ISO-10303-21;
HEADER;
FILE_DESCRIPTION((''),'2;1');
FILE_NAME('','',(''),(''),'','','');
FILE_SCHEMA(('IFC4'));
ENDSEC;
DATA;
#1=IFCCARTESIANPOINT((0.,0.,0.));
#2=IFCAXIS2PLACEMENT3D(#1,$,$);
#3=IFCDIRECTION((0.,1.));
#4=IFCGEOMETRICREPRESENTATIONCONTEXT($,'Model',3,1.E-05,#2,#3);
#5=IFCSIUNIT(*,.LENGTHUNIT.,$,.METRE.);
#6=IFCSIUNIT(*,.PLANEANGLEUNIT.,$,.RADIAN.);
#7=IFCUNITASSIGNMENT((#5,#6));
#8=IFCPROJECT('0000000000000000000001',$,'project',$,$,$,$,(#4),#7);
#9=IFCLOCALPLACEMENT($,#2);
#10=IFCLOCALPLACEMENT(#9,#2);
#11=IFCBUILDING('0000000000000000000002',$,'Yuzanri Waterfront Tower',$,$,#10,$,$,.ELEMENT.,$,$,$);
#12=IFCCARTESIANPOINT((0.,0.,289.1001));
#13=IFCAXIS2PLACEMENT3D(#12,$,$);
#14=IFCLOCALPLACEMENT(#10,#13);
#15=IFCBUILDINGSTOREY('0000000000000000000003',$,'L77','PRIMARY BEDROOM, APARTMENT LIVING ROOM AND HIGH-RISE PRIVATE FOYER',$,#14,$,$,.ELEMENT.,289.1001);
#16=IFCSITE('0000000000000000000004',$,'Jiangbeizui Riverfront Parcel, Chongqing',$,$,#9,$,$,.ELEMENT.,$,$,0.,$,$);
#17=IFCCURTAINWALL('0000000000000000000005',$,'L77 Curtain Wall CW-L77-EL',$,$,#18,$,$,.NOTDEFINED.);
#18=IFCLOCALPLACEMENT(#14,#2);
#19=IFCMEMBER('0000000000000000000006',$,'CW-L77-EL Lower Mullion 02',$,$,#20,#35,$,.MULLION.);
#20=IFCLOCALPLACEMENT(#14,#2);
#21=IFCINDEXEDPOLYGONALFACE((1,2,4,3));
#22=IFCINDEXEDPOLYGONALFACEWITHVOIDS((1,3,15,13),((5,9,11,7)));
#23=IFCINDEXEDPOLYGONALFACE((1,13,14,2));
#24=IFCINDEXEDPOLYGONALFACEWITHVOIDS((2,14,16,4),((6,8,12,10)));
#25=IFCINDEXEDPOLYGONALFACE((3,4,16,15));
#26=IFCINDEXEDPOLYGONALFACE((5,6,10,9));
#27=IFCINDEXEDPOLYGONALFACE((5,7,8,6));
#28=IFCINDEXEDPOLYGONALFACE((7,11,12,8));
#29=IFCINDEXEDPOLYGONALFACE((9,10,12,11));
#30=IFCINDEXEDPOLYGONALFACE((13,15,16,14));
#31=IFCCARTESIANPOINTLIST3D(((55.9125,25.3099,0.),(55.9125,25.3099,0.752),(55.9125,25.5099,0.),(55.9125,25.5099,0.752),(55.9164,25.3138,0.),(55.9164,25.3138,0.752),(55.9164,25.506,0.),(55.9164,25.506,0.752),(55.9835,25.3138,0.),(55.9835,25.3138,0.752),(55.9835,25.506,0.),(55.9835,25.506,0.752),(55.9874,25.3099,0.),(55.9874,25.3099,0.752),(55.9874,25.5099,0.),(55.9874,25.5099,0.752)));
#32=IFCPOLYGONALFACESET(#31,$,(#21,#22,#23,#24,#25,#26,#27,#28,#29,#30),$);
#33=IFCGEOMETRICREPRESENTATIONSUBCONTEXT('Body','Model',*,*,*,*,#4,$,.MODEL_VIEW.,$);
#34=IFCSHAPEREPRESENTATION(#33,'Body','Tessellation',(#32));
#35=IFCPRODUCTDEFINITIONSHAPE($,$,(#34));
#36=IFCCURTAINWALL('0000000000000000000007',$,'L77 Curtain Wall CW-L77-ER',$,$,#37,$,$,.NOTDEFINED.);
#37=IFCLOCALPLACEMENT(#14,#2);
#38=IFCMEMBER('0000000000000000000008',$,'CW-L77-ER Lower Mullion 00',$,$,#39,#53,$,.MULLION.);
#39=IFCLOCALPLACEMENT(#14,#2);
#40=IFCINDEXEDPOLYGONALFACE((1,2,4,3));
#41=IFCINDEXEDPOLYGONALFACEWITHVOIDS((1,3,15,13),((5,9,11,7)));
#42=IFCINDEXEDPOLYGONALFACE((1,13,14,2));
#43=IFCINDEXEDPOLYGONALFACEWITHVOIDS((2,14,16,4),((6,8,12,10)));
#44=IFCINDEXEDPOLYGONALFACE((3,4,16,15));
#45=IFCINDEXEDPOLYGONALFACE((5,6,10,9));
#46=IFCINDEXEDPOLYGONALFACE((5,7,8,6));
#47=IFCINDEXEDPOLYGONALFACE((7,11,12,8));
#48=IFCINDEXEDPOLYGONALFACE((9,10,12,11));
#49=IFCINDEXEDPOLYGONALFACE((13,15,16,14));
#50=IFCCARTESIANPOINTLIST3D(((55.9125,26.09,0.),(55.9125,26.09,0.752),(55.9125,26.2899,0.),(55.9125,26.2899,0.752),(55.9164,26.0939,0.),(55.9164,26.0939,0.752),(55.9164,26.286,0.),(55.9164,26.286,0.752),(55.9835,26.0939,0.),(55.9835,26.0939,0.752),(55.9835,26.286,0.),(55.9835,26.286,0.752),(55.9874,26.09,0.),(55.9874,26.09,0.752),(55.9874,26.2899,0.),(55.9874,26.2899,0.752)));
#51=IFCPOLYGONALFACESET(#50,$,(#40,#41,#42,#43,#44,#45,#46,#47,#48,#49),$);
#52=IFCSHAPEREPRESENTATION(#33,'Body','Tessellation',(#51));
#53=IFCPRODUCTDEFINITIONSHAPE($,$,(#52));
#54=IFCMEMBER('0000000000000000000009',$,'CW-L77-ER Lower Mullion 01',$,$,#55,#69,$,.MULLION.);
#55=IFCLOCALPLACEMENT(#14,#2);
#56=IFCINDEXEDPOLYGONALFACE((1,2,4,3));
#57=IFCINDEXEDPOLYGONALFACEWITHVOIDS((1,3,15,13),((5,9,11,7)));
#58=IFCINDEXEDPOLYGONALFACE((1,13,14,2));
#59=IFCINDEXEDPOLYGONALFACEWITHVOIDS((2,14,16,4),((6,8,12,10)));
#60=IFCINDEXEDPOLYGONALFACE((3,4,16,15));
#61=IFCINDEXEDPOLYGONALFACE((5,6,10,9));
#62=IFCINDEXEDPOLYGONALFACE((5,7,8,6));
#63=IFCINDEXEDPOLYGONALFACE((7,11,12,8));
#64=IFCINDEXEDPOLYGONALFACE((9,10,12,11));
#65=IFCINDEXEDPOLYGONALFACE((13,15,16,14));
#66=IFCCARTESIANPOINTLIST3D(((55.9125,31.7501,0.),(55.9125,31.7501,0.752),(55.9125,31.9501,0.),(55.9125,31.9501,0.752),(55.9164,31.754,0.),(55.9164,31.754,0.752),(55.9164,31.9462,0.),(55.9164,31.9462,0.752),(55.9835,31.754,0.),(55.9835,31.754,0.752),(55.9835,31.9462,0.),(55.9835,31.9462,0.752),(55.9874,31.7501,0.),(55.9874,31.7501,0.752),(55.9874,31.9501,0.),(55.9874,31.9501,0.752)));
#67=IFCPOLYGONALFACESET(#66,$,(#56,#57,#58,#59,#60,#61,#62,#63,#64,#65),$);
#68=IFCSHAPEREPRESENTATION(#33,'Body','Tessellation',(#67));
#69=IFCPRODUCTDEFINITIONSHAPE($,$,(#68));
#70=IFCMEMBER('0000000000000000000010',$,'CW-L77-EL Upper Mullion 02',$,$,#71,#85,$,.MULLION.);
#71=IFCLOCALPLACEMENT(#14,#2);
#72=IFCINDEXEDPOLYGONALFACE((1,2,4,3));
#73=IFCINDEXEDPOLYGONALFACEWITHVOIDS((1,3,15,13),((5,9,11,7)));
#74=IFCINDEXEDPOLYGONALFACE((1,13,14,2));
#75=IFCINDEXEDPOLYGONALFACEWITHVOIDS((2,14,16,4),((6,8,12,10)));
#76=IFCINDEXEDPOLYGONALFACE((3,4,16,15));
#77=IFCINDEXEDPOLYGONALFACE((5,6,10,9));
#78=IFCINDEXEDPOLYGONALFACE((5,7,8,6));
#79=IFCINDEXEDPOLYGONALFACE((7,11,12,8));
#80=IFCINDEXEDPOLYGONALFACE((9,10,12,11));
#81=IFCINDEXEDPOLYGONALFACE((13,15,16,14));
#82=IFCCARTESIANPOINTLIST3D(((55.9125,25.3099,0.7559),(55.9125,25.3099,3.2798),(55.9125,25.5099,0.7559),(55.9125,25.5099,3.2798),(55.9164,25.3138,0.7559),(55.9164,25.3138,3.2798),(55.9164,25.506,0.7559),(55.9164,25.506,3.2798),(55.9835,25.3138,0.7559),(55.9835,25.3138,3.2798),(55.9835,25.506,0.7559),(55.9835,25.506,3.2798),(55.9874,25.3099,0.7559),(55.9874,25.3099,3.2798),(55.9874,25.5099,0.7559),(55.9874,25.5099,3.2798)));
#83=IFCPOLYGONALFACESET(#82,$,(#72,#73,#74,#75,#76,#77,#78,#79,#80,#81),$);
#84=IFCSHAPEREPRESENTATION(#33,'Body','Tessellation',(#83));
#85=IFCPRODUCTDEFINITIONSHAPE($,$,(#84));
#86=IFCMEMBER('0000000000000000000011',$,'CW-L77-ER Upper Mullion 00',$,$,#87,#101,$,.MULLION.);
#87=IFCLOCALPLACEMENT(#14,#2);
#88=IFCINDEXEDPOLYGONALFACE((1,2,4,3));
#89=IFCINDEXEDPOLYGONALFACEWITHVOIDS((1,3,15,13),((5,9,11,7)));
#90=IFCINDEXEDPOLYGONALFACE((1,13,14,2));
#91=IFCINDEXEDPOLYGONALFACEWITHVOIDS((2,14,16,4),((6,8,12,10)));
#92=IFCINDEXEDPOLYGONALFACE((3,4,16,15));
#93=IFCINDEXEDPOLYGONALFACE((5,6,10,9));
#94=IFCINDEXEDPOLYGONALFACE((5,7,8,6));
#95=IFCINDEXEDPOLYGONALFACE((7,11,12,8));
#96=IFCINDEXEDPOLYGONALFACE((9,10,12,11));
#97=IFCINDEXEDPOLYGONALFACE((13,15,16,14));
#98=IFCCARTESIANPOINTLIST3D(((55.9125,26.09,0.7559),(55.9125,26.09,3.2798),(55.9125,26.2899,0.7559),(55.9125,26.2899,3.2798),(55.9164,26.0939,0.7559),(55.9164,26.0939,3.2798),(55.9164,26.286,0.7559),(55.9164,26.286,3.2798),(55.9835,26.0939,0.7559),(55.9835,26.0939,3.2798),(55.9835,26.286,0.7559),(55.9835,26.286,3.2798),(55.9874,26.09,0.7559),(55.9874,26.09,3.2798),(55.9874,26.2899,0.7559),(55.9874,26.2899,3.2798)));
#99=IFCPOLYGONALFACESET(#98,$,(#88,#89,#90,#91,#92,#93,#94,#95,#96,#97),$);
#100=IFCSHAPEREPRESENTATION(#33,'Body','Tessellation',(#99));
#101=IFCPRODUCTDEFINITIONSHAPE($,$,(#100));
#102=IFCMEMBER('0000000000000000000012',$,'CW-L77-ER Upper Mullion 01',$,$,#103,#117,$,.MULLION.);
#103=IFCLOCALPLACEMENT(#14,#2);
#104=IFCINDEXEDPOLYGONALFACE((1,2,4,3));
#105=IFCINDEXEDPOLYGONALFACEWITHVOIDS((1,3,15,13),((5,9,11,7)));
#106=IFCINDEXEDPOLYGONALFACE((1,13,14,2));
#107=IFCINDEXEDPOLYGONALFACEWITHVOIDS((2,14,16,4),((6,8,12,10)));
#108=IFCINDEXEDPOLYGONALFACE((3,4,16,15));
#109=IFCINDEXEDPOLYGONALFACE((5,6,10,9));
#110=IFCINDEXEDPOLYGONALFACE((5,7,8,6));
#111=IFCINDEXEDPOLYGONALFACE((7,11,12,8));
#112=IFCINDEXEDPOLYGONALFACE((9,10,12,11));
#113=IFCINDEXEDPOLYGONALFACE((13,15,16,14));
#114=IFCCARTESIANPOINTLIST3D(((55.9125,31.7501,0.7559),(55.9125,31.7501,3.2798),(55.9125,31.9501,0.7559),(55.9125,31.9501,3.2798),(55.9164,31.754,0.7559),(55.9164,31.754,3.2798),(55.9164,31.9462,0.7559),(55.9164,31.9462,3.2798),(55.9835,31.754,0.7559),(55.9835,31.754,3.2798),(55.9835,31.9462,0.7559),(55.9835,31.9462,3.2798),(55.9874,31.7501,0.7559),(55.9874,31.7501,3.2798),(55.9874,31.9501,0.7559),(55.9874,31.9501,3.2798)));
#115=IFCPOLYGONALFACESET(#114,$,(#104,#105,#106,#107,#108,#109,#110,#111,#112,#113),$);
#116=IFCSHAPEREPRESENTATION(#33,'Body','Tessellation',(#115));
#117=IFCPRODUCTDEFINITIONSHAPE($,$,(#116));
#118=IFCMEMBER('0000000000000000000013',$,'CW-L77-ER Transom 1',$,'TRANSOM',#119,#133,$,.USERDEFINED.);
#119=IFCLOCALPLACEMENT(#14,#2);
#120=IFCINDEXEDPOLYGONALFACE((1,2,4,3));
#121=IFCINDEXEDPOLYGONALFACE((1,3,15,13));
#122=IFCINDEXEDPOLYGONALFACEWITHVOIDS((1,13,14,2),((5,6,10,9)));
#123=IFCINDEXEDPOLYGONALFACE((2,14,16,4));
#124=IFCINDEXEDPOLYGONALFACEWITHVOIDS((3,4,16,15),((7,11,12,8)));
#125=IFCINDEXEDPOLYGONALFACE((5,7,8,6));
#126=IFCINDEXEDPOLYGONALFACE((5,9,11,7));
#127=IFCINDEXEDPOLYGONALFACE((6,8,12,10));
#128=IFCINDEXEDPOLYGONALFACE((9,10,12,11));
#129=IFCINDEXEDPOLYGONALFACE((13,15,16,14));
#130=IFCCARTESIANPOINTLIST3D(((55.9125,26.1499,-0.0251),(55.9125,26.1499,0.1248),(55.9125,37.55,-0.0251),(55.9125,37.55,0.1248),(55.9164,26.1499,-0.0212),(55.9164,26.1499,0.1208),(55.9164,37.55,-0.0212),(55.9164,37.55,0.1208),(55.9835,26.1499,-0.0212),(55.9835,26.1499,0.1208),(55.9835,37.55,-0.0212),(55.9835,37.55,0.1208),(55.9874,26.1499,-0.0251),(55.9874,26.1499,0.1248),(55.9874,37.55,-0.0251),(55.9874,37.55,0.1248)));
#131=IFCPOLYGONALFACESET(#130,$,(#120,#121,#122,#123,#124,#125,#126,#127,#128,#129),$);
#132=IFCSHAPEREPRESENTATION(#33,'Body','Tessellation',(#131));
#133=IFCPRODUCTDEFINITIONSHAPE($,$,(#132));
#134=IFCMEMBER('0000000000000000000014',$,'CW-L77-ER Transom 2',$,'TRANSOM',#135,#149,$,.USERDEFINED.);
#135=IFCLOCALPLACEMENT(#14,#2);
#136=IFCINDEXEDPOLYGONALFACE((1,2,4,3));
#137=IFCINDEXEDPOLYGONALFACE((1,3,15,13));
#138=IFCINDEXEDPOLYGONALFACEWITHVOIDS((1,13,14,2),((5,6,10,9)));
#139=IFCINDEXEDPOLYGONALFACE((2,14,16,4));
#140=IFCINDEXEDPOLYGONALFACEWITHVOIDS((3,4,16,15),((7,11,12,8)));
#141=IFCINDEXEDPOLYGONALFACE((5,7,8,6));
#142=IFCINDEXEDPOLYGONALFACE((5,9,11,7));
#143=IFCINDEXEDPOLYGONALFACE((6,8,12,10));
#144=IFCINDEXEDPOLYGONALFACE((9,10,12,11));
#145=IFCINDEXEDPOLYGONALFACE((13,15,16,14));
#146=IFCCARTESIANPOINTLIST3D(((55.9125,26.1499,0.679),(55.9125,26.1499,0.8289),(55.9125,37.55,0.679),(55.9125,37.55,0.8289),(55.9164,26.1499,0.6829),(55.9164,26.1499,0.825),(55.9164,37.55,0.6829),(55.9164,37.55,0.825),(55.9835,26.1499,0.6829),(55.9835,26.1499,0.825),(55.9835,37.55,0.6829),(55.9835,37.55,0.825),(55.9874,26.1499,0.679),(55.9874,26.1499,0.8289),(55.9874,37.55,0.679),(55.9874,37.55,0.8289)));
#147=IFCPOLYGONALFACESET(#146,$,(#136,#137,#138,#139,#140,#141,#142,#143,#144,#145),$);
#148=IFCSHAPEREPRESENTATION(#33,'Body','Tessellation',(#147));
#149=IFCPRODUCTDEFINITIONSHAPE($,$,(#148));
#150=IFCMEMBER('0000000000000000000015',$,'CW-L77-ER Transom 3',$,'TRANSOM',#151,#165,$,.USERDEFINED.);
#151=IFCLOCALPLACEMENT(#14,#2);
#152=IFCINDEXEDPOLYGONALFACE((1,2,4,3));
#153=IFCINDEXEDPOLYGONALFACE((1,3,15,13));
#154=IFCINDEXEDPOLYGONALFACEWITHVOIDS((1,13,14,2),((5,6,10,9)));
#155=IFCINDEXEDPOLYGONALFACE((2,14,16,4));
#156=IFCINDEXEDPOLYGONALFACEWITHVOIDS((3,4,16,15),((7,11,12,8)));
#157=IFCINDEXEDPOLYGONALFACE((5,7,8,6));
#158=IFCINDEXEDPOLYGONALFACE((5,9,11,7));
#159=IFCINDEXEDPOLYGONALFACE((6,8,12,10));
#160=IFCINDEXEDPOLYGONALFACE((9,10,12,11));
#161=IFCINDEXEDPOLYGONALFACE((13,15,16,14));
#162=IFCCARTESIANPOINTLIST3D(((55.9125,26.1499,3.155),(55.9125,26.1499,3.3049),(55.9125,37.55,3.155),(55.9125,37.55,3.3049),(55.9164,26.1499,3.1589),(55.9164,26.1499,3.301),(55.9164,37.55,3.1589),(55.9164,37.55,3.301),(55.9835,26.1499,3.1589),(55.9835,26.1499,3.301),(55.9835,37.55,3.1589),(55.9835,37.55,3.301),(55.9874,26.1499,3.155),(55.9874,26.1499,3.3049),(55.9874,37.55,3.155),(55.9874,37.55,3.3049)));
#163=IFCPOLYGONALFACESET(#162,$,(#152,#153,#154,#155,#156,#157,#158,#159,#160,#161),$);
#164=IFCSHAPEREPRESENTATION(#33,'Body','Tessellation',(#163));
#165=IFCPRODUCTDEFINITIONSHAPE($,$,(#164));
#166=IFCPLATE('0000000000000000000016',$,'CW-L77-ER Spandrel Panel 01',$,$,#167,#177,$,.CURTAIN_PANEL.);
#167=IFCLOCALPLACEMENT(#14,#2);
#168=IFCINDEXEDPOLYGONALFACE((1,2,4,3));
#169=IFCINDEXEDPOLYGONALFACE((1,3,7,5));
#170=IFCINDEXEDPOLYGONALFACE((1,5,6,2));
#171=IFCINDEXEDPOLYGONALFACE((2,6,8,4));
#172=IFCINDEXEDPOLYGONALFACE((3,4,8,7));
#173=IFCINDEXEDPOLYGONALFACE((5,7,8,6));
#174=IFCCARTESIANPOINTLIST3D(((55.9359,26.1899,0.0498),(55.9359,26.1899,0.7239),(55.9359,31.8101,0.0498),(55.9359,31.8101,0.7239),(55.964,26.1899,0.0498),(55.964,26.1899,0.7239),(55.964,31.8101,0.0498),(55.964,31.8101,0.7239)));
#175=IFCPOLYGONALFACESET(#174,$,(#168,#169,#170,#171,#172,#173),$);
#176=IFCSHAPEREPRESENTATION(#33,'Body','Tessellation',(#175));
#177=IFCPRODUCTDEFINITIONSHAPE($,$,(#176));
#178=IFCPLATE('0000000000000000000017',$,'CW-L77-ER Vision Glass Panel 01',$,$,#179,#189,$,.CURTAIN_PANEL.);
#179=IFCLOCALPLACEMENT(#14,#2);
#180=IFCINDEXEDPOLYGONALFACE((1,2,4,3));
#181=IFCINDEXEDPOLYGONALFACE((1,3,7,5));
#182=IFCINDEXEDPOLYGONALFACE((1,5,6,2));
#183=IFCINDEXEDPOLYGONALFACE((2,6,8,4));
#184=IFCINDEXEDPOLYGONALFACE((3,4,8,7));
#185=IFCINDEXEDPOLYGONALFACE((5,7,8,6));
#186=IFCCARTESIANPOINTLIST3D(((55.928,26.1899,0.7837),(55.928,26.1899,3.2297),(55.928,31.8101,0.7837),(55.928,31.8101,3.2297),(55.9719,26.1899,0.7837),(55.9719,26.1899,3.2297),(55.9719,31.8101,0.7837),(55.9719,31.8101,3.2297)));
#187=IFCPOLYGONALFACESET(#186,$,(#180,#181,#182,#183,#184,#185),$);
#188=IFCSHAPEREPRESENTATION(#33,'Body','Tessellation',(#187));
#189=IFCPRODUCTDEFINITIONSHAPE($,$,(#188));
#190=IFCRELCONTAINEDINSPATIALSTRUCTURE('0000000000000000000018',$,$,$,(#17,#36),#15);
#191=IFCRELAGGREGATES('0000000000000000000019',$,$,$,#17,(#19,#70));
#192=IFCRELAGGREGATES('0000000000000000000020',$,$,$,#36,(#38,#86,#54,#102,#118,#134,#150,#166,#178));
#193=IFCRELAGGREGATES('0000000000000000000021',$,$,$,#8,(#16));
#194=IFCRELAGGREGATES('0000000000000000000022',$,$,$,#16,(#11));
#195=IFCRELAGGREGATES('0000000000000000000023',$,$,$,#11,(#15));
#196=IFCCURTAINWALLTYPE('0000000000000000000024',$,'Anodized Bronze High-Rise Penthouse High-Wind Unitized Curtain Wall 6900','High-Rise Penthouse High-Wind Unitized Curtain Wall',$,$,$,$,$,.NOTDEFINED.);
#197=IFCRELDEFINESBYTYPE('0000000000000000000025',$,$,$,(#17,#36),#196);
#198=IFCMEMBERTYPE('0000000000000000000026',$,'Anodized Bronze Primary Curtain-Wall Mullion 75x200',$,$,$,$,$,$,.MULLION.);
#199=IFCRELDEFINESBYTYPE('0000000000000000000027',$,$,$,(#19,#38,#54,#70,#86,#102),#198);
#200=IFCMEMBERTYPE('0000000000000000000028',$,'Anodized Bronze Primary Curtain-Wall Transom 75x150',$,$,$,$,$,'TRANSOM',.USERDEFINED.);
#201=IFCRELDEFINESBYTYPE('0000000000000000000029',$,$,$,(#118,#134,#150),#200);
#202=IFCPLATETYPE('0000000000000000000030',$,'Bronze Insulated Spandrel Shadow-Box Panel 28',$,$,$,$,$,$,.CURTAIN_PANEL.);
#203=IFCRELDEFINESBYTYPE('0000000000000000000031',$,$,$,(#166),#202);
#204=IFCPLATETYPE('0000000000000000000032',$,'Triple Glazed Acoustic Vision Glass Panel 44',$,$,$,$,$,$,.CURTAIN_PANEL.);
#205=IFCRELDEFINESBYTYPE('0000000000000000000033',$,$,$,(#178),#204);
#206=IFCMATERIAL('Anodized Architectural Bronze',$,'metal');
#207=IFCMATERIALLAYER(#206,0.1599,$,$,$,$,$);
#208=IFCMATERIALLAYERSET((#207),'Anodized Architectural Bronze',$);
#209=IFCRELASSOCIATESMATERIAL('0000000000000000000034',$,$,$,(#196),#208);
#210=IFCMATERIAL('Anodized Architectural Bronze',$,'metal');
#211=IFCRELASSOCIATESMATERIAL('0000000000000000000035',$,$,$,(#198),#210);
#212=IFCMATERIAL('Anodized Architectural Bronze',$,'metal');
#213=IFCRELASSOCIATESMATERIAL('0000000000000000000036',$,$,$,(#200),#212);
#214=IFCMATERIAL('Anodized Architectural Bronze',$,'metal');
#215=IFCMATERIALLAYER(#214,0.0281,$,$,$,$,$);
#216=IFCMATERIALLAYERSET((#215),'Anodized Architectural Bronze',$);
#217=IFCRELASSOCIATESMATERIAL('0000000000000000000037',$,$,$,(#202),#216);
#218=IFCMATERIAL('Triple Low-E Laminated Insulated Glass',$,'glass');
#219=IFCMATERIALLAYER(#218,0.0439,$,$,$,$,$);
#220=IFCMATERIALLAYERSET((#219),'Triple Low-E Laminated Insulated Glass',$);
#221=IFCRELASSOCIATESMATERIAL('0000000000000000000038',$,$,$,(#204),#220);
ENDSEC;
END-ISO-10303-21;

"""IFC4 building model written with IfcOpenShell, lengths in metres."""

from ifc_helpers import new_model, si_unit, direction, frame, origin, origin_2d, place, context, subcontext, project, spatial, rectangle, hollow_rectangle, extrude, source, transform, mapped, material, layer, layer_set, material_profile, profile_set, type_object, element, aggregate, save


model = new_model("IFC4")

# Units and contexts
model_context = context("Model", 3, precision=1e-05, world=origin(), true_north=direction((0.0, 1.0)))
body_context = subcontext(model_context, "Body", "Model", "MODEL_VIEW")
ifc_project = project(units=[si_unit("LENGTHUNIT", "METRE"), si_unit("PLANEANGLEUNIT", "RADIAN")], contexts=[model_context])

# Site, building, storey
site_placement = place(None, origin())
site = spatial("IfcSite", under=ifc_project, at=site_placement, Name="Jiangbeizui Riverfront Parcel, Chongqing", CompositionType="ELEMENT", RefElevation=0.0)
building_placement = place(site_placement, origin())
building = spatial("IfcBuilding", under=site, at=building_placement, Name="Yuzanri Waterfront Tower", CompositionType="ELEMENT")
storey_placement = place(building_placement, frame((0.0, 0.0, 289.1001)))
storey = spatial("IfcBuildingStorey", under=building, at=storey_placement, Name="L77", Description="PRIMARY BEDROOM, APARTMENT LIVING ROOM AND HIGH-RISE PRIVATE FOYER", CompositionType="ELEMENT", Elevation=289.1001)

# Curtain wall, member
ifc_material_1 = material(Name="Anodized Architectural Bronze", Category="metal")
ifc_layer_1 = layer(ifc_material_1, 0.1599)
ifc_layer_set_1 = layer_set([ifc_layer_1], Name="Anodized Architectural Bronze")
curtain_wall_type = type_object("IfcCurtainWallType", Name="Anodized Bronze High-Rise Penthouse High-Wind Unitized Curtain Wall 6900", Description="High-Rise Penthouse High-Wind Unitized Curtain Wall", PredefinedType="NOTDEFINED", material=ifc_layer_set_1)
curtain_wall_1_placement = place(storey_placement, origin())
curtain_wall_1 = element("IfcCurtainWall", 1, at=curtain_wall_1_placement, inside=storey, type_object=curtain_wall_type, Name="L77 Curtain Wall CW-L77-EL", PredefinedType="NOTDEFINED")
ifc_material_2 = material(Name="Anodized Architectural Bronze", Category="metal")
ifc_material_profile_1 = material_profile(ifc_material_2, hollow_rectangle(XDim=0.075, YDim=0.2, WallThickness=0.0039, at=origin_2d()), Name="CWM 75x200")
ifc_profile_set_1 = profile_set([ifc_material_profile_1], Name="Anodized Architectural Bronze")
member_type_1 = type_object("IfcMemberType", Name="Anodized Bronze Primary Curtain-Wall Mullion 75x200", PredefinedType="MULLION", material=ifc_profile_set_1)
shared_shape_1 = source(origin(), body_context, "Body", "SweptSolid", [
    extrude(hollow_rectangle(XDim=0.075, YDim=0.2, WallThickness=0.0039, at=origin_2d()), origin(), (0.0, 0.0, 1.0), 0.752),
])
member_1_placement = place(storey_placement, frame((55.95, 25.4099, 0.0), z_axis=(0.0, 0.0, 1.0), x_axis=(1.0, 0.0, 0.0)))
member_1 = element("IfcMember", 2, at=member_1_placement, type_object=member_type_1, Name="CW-L77-EL Lower Mullion 02", PredefinedType="MULLION", context=body_context, shape_type="MappedRepresentation", body=[
    mapped(shared_shape_1, transform((0.0, 0.0, 0.0), scale=1.0)),
])

# Curtain wall, members
curtain_wall_2_placement = place(storey_placement, origin())
curtain_wall_2 = element("IfcCurtainWall", 3, at=curtain_wall_2_placement, inside=storey, type_object=curtain_wall_type, Name="L77 Curtain Wall CW-L77-ER", PredefinedType="NOTDEFINED")
member_2_placement = place(storey_placement, frame((55.95, 26.1899, 0.0), z_axis=(0.0, 0.0, 1.0), x_axis=(1.0, 0.0, 0.0)))
member_2 = element("IfcMember", 4, at=member_2_placement, type_object=member_type_1, Name="CW-L77-ER Lower Mullion 00", PredefinedType="MULLION", context=body_context, shape_type="MappedRepresentation", body=[
    mapped(shared_shape_1, transform((0.0, 0.0, 0.0), scale=1.0)),
])
member_3_placement = place(storey_placement, frame((55.95, 31.8501, 0.0), z_axis=(0.0, 0.0, 1.0), x_axis=(1.0, 0.0, 0.0)))
member_3 = element("IfcMember", 5, at=member_3_placement, type_object=member_type_1, Name="CW-L77-ER Lower Mullion 01", PredefinedType="MULLION", context=body_context, shape_type="MappedRepresentation", body=[
    mapped(shared_shape_1, transform((0.0, 0.0, 0.0), scale=1.0)),
])

# Members
shared_shape_2 = source(origin(), body_context, "Body", "SweptSolid", [
    extrude(hollow_rectangle(XDim=0.075, YDim=0.2, WallThickness=0.0039, at=origin_2d()), origin(), (0.0, 0.0, 1.0), 2.5239),
])
member_4_placement = place(storey_placement, frame((55.95, 25.4099, 0.7559), z_axis=(0.0, 0.0, 1.0), x_axis=(1.0, 0.0, 0.0)))
member_4 = element("IfcMember", 6, at=member_4_placement, type_object=member_type_1, Name="CW-L77-EL Upper Mullion 02", PredefinedType="MULLION", context=body_context, shape_type="MappedRepresentation", body=[
    mapped(shared_shape_2, transform((0.0, 0.0, 0.0), scale=1.0)),
])
aggregate(curtain_wall_1, [member_1, member_4])
member_5_placement = place(storey_placement, frame((55.95, 26.1899, 0.7559), z_axis=(0.0, 0.0, 1.0), x_axis=(1.0, 0.0, 0.0)))
member_5 = element("IfcMember", 7, at=member_5_placement, type_object=member_type_1, Name="CW-L77-ER Upper Mullion 00", PredefinedType="MULLION", context=body_context, shape_type="MappedRepresentation", body=[
    mapped(shared_shape_2, transform((0.0, 0.0, 0.0), scale=1.0)),
])
member_6_placement = place(storey_placement, frame((55.95, 31.8501, 0.7559), z_axis=(0.0, 0.0, 1.0), x_axis=(1.0, 0.0, 0.0)))
member_6 = element("IfcMember", 8, at=member_6_placement, type_object=member_type_1, Name="CW-L77-ER Upper Mullion 01", PredefinedType="MULLION", context=body_context, shape_type="MappedRepresentation", body=[
    mapped(shared_shape_2, transform((0.0, 0.0, 0.0), scale=1.0)),
])
ifc_material_3 = material(Name="Anodized Architectural Bronze", Category="metal")
ifc_material_profile_2 = material_profile(ifc_material_3, hollow_rectangle(XDim=0.075, YDim=0.1499, WallThickness=0.0039, at=origin_2d()), Name="CWT 75x150")
ifc_profile_set_2 = profile_set([ifc_material_profile_2], Name="Anodized Architectural Bronze")
member_type_2 = type_object("IfcMemberType", Name="Anodized Bronze Primary Curtain-Wall Transom 75x150", ElementType="TRANSOM", PredefinedType="USERDEFINED", material=ifc_profile_set_2)
shared_shape_3 = source(origin(), body_context, "Body", "SweptSolid", [
    extrude(hollow_rectangle(XDim=0.075, YDim=0.1499, WallThickness=0.0039, at=origin_2d()), origin(), (0.0, 0.0, 1.0), 11.4001),
])
member_7_placement = place(storey_placement, frame((55.95, 26.1499, 0.0498), z_axis=(0.0, 1.0, 0.0), x_axis=(-1.0, 0.0, 0.0)))
member_7 = element("IfcMember", 9, at=member_7_placement, type_object=member_type_2, Name="CW-L77-ER Transom 1", ObjectType="TRANSOM", PredefinedType="USERDEFINED", context=body_context, shape_type="MappedRepresentation", body=[
    mapped(shared_shape_3, transform((0.0, 0.0, 0.0), scale=1.0)),
])
member_8_placement = place(storey_placement, frame((55.95, 26.1499, 0.7539), z_axis=(0.0, 1.0, 0.0), x_axis=(-1.0, 0.0, 0.0)))
member_8 = element("IfcMember", 10, at=member_8_placement, type_object=member_type_2, Name="CW-L77-ER Transom 2", ObjectType="TRANSOM", PredefinedType="USERDEFINED", context=body_context, shape_type="MappedRepresentation", body=[
    mapped(shared_shape_3, transform((0.0, 0.0, 0.0), scale=1.0)),
])
member_9_placement = place(storey_placement, frame((55.95, 26.1499, 3.23), z_axis=(0.0, 1.0, 0.0), x_axis=(-1.0, 0.0, 0.0)))
member_9 = element("IfcMember", 11, at=member_9_placement, type_object=member_type_2, Name="CW-L77-ER Transom 3", ObjectType="TRANSOM", PredefinedType="USERDEFINED", context=body_context, shape_type="MappedRepresentation", body=[
    mapped(shared_shape_3, transform((0.0, 0.0, 0.0), scale=1.0)),
])

# Plates
ifc_material_4 = material(Name="Anodized Architectural Bronze", Category="metal")
ifc_layer_2 = layer(ifc_material_4, 0.0281)
ifc_layer_set_2 = layer_set([ifc_layer_2], Name="Anodized Architectural Bronze")
plate_type_1 = type_object("IfcPlateType", Name="Bronze Insulated Spandrel Shadow-Box Panel 28", PredefinedType="CURTAIN_PANEL", material=ifc_layer_set_2)
shared_shape_4 = source(origin(), body_context, "Body", "SweptSolid", [
    extrude(rectangle(XDim=5.6201, YDim=0.0281, at=origin_2d()), origin(), (0.0, 0.0, 1.0), 0.6741),
])
plate_1_placement = place(storey_placement, frame((55.95, 29.0, 0.0498), z_axis=(0.0, 0.0, 1.0), x_axis=(0.0, 1.0, 0.0)))
plate_1 = element("IfcPlate", 12, at=plate_1_placement, type_object=plate_type_1, Name="CW-L77-ER Spandrel Panel 01", PredefinedType="CURTAIN_PANEL", context=body_context, shape_type="MappedRepresentation", body=[
    mapped(shared_shape_4, transform((0.0, 0.0, 0.0), scale=1.0)),
])
ifc_material_5 = material(Name="Triple Low-E Laminated Insulated Glass", Category="glass")
ifc_layer_3 = layer(ifc_material_5, 0.0439)
ifc_layer_set_3 = layer_set([ifc_layer_3], Name="Triple Low-E Laminated Insulated Glass")
plate_type_2 = type_object("IfcPlateType", Name="Triple Glazed Acoustic Vision Glass Panel 44", PredefinedType="CURTAIN_PANEL", material=ifc_layer_set_3)
shared_shape_5 = source(origin(), body_context, "Body", "SweptSolid", [
    extrude(rectangle(XDim=5.6201, YDim=0.0439, at=origin_2d()), origin(), (0.0, 0.0, 1.0), 2.446),
])
plate_2_placement = place(storey_placement, frame((55.95, 29.0, 0.7837), z_axis=(0.0, 0.0, 1.0), x_axis=(0.0, 1.0, 0.0)))
plate_2 = element("IfcPlate", 13, at=plate_2_placement, type_object=plate_type_2, Name="CW-L77-ER Vision Glass Panel 01", PredefinedType="CURTAIN_PANEL", context=body_context, shape_type="MappedRepresentation", body=[
    mapped(shared_shape_5, transform((0.0, 0.0, 0.0), scale=1.0)),
])
aggregate(curtain_wall_2, [member_2, member_5, member_3, member_6, member_7, member_8, member_9, plate_1, plate_2])

save(model, "model.ifc")
